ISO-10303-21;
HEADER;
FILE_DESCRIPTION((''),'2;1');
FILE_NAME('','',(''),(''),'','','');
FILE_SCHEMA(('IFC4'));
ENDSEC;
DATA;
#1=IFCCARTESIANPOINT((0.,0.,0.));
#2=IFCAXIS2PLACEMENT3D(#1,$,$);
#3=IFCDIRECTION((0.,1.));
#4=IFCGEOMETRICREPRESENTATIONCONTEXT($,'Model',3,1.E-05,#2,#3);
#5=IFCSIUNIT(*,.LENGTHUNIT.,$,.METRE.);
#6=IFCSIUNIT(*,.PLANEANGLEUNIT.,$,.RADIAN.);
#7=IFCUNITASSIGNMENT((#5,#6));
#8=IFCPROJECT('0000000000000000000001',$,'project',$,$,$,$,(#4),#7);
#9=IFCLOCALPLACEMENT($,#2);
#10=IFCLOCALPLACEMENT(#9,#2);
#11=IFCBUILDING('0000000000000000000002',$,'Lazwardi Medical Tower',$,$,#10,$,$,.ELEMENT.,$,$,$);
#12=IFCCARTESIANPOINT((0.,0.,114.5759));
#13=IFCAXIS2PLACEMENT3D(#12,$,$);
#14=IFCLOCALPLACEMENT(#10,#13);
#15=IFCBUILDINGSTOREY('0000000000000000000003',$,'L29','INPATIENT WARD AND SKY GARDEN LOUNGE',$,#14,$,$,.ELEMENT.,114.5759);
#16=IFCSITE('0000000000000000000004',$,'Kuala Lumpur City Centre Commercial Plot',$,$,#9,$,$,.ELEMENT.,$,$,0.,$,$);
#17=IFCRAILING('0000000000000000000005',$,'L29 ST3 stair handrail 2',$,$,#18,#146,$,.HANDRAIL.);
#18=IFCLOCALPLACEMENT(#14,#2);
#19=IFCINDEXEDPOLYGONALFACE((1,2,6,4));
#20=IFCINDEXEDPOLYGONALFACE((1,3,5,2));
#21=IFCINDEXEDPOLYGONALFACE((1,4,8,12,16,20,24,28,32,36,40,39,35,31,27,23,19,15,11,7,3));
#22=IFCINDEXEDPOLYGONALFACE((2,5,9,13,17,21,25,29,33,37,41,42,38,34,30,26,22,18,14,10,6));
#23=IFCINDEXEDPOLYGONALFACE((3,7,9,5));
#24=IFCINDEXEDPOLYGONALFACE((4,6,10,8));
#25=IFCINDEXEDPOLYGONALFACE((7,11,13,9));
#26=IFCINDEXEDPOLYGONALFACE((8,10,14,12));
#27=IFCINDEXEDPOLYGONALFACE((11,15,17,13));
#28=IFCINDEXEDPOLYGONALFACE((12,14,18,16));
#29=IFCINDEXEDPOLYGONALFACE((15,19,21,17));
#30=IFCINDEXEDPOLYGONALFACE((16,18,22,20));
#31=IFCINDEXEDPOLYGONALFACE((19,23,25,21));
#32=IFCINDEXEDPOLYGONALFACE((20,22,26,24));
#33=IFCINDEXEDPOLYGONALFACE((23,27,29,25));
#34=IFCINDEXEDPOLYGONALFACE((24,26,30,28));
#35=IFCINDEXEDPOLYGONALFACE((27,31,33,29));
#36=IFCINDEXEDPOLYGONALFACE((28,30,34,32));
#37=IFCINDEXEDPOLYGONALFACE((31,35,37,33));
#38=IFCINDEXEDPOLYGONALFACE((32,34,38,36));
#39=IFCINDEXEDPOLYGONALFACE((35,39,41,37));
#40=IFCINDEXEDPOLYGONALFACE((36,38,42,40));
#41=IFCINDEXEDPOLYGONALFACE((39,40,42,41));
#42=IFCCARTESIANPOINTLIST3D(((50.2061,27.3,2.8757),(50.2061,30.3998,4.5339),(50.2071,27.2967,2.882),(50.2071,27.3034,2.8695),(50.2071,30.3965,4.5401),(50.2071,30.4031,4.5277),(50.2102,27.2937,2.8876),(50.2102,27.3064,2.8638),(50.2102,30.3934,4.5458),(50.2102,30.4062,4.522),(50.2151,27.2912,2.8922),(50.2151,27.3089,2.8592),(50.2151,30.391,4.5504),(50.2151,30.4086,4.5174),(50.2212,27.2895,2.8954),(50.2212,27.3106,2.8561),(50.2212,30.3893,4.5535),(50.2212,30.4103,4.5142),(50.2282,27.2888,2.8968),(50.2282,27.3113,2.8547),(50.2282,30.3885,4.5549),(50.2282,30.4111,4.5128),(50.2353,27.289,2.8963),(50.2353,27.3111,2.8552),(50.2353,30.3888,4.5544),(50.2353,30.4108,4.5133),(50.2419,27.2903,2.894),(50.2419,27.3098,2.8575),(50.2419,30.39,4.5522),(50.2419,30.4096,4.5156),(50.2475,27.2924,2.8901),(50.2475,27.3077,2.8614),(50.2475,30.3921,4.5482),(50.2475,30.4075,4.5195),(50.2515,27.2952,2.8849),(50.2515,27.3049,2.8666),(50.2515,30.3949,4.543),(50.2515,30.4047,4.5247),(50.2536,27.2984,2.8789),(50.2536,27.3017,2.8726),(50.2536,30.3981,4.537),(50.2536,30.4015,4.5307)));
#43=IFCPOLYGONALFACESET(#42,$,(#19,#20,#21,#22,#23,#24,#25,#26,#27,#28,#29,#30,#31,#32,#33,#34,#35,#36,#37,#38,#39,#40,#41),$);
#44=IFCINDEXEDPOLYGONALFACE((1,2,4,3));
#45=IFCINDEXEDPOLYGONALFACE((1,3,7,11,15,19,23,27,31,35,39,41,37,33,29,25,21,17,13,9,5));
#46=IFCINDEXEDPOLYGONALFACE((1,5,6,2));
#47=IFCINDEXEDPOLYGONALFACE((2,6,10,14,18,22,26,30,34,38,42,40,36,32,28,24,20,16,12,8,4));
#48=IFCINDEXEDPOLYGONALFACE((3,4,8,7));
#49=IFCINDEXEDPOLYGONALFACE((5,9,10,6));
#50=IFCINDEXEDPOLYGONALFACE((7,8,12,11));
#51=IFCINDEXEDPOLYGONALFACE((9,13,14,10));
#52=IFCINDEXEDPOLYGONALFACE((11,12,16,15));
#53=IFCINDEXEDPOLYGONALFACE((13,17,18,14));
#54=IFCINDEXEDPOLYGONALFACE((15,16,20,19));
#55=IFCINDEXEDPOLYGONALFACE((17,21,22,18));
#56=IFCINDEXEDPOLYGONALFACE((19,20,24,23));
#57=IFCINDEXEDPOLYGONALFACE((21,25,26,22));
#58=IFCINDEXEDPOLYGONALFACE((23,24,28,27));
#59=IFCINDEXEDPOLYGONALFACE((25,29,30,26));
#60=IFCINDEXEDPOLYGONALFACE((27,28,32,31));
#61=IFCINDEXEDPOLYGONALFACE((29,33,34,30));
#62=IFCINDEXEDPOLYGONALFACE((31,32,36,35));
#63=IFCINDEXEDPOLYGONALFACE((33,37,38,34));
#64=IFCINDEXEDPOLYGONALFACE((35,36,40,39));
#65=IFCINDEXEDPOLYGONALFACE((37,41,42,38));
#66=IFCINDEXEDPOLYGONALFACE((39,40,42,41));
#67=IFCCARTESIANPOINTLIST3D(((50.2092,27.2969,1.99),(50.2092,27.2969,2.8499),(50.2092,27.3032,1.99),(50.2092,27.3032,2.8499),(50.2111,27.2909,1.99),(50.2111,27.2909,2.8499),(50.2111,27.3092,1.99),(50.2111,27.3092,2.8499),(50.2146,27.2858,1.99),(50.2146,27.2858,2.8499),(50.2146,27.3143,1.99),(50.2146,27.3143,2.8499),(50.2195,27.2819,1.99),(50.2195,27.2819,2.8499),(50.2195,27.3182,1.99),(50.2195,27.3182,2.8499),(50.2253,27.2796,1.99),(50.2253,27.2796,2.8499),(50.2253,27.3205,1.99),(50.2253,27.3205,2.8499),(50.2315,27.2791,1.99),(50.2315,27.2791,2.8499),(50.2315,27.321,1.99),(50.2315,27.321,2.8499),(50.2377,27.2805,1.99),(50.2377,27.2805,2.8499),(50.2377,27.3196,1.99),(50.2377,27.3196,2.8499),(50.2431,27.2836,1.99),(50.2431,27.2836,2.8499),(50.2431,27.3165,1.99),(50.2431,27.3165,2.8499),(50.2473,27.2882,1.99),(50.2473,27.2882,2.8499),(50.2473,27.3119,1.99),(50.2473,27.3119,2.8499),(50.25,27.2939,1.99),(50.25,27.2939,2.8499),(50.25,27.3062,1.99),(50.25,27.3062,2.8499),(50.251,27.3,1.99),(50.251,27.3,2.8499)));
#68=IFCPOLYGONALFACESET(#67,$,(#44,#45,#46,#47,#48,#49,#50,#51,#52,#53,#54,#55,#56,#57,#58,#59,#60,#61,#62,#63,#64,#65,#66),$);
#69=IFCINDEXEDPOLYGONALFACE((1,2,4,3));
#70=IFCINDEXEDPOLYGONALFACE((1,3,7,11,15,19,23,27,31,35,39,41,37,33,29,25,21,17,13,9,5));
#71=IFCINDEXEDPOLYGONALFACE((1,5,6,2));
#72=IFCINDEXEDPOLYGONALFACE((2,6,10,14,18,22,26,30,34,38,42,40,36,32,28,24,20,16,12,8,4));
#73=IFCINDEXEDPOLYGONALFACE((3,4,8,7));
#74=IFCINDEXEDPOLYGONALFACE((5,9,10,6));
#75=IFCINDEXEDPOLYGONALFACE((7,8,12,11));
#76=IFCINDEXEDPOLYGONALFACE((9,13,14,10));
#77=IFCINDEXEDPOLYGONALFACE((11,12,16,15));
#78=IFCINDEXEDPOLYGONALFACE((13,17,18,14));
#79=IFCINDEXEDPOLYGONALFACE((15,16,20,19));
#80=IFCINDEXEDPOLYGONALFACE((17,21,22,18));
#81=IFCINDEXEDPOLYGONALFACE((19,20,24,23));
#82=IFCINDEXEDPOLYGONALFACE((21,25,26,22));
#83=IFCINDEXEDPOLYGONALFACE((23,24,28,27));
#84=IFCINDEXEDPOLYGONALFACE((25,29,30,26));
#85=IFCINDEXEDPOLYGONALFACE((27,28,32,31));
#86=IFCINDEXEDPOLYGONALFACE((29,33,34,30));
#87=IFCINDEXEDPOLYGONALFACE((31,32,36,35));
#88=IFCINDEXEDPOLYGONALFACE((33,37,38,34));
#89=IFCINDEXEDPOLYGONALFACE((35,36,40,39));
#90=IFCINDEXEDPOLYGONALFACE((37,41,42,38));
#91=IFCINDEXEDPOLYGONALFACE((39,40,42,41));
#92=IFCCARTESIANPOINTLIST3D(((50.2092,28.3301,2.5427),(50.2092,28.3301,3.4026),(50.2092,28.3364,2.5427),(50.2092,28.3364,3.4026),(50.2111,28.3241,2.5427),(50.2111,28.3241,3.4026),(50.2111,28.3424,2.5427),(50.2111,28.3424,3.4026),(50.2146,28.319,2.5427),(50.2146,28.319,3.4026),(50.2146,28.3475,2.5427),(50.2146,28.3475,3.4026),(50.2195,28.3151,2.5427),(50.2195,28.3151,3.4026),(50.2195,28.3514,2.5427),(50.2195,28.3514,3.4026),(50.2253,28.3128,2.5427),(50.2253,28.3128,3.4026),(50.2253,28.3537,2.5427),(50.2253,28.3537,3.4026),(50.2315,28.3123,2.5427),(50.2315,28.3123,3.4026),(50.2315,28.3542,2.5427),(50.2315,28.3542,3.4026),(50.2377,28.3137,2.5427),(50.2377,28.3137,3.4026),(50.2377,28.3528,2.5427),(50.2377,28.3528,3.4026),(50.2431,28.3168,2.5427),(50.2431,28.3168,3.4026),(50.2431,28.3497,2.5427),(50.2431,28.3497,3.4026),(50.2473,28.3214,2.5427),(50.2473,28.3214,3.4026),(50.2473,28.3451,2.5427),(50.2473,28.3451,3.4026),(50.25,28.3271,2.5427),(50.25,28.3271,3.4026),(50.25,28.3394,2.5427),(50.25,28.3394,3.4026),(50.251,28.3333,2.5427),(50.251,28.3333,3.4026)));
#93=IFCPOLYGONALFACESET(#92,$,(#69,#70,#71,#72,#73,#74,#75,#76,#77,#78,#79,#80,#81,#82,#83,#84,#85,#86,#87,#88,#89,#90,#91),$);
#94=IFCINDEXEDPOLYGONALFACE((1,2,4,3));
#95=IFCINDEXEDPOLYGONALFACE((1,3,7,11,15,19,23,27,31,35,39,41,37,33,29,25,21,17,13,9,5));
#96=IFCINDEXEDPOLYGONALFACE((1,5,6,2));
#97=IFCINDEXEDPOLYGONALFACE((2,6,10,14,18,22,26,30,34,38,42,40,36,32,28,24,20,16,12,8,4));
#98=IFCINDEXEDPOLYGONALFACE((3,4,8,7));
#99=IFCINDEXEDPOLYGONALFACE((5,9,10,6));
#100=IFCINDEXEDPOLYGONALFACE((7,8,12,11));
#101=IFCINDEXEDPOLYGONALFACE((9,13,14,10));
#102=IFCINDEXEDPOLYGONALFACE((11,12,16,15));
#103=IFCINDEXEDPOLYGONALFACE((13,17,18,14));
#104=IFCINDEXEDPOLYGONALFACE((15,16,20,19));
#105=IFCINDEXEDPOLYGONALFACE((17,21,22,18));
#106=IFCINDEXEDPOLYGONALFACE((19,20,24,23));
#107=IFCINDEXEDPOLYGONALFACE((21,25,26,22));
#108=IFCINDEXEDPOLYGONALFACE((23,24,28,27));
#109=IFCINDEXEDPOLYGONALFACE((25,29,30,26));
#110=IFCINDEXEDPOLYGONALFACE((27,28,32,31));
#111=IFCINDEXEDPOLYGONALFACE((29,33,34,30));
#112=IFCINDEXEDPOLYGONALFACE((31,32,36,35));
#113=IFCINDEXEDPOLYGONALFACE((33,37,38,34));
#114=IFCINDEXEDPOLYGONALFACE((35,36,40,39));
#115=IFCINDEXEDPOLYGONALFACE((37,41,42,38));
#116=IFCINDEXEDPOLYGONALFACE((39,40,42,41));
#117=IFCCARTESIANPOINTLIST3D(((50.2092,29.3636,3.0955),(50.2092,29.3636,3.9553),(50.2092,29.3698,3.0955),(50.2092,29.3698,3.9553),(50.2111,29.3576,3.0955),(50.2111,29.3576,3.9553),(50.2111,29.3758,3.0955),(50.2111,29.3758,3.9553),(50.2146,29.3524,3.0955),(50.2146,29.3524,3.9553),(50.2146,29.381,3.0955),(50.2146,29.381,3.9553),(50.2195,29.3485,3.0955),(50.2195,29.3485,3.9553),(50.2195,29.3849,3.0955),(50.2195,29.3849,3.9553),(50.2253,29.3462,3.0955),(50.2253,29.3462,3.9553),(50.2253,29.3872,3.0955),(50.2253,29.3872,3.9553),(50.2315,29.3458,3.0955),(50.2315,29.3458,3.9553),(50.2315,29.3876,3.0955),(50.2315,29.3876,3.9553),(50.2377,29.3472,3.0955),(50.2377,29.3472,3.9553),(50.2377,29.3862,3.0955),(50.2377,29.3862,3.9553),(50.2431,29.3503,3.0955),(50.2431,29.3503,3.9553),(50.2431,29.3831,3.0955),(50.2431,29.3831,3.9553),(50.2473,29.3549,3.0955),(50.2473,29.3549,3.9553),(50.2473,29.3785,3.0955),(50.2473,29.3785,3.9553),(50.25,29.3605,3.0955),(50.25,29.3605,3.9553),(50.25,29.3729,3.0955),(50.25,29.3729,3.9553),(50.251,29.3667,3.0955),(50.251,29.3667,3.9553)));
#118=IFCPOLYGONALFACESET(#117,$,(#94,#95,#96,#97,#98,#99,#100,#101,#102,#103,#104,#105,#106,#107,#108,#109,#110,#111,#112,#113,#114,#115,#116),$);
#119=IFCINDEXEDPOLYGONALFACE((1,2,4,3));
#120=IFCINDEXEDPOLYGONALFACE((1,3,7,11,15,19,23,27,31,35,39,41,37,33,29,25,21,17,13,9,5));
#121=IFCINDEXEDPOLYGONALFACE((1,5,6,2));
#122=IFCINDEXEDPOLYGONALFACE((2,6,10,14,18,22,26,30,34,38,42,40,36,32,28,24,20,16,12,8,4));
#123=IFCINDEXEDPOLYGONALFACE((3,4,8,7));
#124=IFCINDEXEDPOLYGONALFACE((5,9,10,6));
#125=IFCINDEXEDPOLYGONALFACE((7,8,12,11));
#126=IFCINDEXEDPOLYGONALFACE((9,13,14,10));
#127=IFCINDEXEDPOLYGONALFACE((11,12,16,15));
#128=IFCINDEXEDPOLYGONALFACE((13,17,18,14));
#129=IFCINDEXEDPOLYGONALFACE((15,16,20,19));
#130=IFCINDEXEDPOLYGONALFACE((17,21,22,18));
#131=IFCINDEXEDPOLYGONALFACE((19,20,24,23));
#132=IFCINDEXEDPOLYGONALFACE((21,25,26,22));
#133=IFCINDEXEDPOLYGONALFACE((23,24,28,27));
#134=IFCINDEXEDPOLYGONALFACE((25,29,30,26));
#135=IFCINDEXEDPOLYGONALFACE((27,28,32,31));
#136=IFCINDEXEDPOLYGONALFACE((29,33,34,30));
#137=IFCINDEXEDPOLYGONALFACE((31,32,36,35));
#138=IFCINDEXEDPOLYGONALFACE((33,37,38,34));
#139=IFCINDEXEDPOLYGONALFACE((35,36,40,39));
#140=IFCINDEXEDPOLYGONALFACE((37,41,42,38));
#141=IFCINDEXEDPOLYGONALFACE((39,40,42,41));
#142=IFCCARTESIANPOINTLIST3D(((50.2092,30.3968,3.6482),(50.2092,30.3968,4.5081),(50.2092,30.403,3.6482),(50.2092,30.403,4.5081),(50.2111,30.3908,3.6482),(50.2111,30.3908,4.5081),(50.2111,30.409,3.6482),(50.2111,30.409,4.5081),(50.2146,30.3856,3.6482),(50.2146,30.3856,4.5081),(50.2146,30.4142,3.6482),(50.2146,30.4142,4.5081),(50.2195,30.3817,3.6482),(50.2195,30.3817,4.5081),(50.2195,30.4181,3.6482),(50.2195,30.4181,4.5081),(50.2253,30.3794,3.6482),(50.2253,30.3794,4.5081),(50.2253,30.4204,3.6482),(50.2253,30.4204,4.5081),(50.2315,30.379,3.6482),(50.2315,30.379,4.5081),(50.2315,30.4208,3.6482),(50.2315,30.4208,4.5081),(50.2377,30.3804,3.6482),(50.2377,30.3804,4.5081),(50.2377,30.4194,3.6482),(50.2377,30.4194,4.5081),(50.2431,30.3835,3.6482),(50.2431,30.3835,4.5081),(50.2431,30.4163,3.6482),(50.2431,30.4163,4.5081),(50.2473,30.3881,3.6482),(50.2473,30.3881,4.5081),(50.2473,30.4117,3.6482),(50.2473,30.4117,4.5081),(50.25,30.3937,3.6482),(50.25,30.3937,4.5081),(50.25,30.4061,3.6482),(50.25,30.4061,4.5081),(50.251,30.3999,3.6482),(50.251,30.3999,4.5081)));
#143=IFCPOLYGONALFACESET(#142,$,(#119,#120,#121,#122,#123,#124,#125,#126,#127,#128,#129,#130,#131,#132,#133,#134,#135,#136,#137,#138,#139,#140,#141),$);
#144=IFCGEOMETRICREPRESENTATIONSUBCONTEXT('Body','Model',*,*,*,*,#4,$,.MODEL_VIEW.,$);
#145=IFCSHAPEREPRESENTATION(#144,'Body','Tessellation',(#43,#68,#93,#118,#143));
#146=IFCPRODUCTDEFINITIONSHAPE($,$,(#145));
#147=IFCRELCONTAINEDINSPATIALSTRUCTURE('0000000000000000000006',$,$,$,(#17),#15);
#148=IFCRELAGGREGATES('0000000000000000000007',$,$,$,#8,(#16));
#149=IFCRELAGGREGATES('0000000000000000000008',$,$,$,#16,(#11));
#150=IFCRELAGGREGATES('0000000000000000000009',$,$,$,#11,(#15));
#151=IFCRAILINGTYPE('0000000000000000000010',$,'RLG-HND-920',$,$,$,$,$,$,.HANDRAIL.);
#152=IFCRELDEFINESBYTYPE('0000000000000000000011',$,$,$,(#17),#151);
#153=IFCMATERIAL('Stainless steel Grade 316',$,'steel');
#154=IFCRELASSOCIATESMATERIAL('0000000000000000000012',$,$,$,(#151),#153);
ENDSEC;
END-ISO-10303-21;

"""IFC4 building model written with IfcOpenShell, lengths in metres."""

from ifc_helpers import new_model, si_unit, direction, frame, origin, origin_2d, place, context, subcontext, project, spatial, circle, extrude, material, type_object, element, save


model = new_model("IFC4")

# Units and contexts
model_context = context("Model", 3, precision=1e-05, world=origin(), true_north=direction((0.0, 1.0)))
body_context = subcontext(model_context, "Body", "Model", "MODEL_VIEW")
ifc_project = project(units=[si_unit("LENGTHUNIT", "METRE"), si_unit("PLANEANGLEUNIT", "RADIAN")], contexts=[model_context])

# Site, building, storey
site_placement = place(None, origin())
site = spatial("IfcSite", under=ifc_project, at=site_placement, Name="Kuala Lumpur City Centre Commercial Plot", CompositionType="ELEMENT", RefElevation=0.0)
building_placement = place(site_placement, origin())
building = spatial("IfcBuilding", under=site, at=building_placement, Name="Lazwardi Medical Tower", CompositionType="ELEMENT")
storey_placement = place(building_placement, frame((0.0, 0.0, 114.5759)))
storey = spatial("IfcBuildingStorey", under=building, at=storey_placement, Name="L29", Description="INPATIENT WARD AND SKY GARDEN LOUNGE", CompositionType="ELEMENT", Elevation=114.5759)

# Railing
ifc_material_1 = material(Name="Stainless steel Grade 316", Category="steel")
railing_type_1 = type_object("IfcRailingType", Name="RLG-HND-920", PredefinedType="HANDRAIL", material=ifc_material_1)
railing_1_placement = place(storey_placement, frame((50.23, 27.3, 1.99)))
element("IfcRailing", 1, at=railing_1_placement, inside=storey, type_object=railing_type_1, Name="L29 ST3 stair handrail 2", PredefinedType="HANDRAIL", context=body_context, shape_type="SweptSolid", body=[
    extrude(circle(Radius=0.0239, at=origin_2d()), frame((0.0, 0.0, 0.8857), z_axis=(0.0, 0.881768, 0.471684), x_axis=(-1.0, 0.0, 0.0)), (0.0, 0.0, 1.0), 3.5154),
    extrude(circle(Radius=0.021, at=origin_2d()), origin(), (0.0, 0.0, 1.0), 0.8599),
    extrude(circle(Radius=0.021, at=origin_2d()), frame((0.0, 1.0332, 0.5527)), (0.0, 0.0, 1.0), 0.8599),
    extrude(circle(Radius=0.021, at=origin_2d()), frame((0.0, 2.0667, 1.1055)), (0.0, 0.0, 1.0), 0.8599),
    extrude(circle(Radius=0.021, at=origin_2d()), frame((0.0, 3.0999, 1.6582)), (0.0, 0.0, 1.0), 0.8599),
])

save(model, "model.ifc")
